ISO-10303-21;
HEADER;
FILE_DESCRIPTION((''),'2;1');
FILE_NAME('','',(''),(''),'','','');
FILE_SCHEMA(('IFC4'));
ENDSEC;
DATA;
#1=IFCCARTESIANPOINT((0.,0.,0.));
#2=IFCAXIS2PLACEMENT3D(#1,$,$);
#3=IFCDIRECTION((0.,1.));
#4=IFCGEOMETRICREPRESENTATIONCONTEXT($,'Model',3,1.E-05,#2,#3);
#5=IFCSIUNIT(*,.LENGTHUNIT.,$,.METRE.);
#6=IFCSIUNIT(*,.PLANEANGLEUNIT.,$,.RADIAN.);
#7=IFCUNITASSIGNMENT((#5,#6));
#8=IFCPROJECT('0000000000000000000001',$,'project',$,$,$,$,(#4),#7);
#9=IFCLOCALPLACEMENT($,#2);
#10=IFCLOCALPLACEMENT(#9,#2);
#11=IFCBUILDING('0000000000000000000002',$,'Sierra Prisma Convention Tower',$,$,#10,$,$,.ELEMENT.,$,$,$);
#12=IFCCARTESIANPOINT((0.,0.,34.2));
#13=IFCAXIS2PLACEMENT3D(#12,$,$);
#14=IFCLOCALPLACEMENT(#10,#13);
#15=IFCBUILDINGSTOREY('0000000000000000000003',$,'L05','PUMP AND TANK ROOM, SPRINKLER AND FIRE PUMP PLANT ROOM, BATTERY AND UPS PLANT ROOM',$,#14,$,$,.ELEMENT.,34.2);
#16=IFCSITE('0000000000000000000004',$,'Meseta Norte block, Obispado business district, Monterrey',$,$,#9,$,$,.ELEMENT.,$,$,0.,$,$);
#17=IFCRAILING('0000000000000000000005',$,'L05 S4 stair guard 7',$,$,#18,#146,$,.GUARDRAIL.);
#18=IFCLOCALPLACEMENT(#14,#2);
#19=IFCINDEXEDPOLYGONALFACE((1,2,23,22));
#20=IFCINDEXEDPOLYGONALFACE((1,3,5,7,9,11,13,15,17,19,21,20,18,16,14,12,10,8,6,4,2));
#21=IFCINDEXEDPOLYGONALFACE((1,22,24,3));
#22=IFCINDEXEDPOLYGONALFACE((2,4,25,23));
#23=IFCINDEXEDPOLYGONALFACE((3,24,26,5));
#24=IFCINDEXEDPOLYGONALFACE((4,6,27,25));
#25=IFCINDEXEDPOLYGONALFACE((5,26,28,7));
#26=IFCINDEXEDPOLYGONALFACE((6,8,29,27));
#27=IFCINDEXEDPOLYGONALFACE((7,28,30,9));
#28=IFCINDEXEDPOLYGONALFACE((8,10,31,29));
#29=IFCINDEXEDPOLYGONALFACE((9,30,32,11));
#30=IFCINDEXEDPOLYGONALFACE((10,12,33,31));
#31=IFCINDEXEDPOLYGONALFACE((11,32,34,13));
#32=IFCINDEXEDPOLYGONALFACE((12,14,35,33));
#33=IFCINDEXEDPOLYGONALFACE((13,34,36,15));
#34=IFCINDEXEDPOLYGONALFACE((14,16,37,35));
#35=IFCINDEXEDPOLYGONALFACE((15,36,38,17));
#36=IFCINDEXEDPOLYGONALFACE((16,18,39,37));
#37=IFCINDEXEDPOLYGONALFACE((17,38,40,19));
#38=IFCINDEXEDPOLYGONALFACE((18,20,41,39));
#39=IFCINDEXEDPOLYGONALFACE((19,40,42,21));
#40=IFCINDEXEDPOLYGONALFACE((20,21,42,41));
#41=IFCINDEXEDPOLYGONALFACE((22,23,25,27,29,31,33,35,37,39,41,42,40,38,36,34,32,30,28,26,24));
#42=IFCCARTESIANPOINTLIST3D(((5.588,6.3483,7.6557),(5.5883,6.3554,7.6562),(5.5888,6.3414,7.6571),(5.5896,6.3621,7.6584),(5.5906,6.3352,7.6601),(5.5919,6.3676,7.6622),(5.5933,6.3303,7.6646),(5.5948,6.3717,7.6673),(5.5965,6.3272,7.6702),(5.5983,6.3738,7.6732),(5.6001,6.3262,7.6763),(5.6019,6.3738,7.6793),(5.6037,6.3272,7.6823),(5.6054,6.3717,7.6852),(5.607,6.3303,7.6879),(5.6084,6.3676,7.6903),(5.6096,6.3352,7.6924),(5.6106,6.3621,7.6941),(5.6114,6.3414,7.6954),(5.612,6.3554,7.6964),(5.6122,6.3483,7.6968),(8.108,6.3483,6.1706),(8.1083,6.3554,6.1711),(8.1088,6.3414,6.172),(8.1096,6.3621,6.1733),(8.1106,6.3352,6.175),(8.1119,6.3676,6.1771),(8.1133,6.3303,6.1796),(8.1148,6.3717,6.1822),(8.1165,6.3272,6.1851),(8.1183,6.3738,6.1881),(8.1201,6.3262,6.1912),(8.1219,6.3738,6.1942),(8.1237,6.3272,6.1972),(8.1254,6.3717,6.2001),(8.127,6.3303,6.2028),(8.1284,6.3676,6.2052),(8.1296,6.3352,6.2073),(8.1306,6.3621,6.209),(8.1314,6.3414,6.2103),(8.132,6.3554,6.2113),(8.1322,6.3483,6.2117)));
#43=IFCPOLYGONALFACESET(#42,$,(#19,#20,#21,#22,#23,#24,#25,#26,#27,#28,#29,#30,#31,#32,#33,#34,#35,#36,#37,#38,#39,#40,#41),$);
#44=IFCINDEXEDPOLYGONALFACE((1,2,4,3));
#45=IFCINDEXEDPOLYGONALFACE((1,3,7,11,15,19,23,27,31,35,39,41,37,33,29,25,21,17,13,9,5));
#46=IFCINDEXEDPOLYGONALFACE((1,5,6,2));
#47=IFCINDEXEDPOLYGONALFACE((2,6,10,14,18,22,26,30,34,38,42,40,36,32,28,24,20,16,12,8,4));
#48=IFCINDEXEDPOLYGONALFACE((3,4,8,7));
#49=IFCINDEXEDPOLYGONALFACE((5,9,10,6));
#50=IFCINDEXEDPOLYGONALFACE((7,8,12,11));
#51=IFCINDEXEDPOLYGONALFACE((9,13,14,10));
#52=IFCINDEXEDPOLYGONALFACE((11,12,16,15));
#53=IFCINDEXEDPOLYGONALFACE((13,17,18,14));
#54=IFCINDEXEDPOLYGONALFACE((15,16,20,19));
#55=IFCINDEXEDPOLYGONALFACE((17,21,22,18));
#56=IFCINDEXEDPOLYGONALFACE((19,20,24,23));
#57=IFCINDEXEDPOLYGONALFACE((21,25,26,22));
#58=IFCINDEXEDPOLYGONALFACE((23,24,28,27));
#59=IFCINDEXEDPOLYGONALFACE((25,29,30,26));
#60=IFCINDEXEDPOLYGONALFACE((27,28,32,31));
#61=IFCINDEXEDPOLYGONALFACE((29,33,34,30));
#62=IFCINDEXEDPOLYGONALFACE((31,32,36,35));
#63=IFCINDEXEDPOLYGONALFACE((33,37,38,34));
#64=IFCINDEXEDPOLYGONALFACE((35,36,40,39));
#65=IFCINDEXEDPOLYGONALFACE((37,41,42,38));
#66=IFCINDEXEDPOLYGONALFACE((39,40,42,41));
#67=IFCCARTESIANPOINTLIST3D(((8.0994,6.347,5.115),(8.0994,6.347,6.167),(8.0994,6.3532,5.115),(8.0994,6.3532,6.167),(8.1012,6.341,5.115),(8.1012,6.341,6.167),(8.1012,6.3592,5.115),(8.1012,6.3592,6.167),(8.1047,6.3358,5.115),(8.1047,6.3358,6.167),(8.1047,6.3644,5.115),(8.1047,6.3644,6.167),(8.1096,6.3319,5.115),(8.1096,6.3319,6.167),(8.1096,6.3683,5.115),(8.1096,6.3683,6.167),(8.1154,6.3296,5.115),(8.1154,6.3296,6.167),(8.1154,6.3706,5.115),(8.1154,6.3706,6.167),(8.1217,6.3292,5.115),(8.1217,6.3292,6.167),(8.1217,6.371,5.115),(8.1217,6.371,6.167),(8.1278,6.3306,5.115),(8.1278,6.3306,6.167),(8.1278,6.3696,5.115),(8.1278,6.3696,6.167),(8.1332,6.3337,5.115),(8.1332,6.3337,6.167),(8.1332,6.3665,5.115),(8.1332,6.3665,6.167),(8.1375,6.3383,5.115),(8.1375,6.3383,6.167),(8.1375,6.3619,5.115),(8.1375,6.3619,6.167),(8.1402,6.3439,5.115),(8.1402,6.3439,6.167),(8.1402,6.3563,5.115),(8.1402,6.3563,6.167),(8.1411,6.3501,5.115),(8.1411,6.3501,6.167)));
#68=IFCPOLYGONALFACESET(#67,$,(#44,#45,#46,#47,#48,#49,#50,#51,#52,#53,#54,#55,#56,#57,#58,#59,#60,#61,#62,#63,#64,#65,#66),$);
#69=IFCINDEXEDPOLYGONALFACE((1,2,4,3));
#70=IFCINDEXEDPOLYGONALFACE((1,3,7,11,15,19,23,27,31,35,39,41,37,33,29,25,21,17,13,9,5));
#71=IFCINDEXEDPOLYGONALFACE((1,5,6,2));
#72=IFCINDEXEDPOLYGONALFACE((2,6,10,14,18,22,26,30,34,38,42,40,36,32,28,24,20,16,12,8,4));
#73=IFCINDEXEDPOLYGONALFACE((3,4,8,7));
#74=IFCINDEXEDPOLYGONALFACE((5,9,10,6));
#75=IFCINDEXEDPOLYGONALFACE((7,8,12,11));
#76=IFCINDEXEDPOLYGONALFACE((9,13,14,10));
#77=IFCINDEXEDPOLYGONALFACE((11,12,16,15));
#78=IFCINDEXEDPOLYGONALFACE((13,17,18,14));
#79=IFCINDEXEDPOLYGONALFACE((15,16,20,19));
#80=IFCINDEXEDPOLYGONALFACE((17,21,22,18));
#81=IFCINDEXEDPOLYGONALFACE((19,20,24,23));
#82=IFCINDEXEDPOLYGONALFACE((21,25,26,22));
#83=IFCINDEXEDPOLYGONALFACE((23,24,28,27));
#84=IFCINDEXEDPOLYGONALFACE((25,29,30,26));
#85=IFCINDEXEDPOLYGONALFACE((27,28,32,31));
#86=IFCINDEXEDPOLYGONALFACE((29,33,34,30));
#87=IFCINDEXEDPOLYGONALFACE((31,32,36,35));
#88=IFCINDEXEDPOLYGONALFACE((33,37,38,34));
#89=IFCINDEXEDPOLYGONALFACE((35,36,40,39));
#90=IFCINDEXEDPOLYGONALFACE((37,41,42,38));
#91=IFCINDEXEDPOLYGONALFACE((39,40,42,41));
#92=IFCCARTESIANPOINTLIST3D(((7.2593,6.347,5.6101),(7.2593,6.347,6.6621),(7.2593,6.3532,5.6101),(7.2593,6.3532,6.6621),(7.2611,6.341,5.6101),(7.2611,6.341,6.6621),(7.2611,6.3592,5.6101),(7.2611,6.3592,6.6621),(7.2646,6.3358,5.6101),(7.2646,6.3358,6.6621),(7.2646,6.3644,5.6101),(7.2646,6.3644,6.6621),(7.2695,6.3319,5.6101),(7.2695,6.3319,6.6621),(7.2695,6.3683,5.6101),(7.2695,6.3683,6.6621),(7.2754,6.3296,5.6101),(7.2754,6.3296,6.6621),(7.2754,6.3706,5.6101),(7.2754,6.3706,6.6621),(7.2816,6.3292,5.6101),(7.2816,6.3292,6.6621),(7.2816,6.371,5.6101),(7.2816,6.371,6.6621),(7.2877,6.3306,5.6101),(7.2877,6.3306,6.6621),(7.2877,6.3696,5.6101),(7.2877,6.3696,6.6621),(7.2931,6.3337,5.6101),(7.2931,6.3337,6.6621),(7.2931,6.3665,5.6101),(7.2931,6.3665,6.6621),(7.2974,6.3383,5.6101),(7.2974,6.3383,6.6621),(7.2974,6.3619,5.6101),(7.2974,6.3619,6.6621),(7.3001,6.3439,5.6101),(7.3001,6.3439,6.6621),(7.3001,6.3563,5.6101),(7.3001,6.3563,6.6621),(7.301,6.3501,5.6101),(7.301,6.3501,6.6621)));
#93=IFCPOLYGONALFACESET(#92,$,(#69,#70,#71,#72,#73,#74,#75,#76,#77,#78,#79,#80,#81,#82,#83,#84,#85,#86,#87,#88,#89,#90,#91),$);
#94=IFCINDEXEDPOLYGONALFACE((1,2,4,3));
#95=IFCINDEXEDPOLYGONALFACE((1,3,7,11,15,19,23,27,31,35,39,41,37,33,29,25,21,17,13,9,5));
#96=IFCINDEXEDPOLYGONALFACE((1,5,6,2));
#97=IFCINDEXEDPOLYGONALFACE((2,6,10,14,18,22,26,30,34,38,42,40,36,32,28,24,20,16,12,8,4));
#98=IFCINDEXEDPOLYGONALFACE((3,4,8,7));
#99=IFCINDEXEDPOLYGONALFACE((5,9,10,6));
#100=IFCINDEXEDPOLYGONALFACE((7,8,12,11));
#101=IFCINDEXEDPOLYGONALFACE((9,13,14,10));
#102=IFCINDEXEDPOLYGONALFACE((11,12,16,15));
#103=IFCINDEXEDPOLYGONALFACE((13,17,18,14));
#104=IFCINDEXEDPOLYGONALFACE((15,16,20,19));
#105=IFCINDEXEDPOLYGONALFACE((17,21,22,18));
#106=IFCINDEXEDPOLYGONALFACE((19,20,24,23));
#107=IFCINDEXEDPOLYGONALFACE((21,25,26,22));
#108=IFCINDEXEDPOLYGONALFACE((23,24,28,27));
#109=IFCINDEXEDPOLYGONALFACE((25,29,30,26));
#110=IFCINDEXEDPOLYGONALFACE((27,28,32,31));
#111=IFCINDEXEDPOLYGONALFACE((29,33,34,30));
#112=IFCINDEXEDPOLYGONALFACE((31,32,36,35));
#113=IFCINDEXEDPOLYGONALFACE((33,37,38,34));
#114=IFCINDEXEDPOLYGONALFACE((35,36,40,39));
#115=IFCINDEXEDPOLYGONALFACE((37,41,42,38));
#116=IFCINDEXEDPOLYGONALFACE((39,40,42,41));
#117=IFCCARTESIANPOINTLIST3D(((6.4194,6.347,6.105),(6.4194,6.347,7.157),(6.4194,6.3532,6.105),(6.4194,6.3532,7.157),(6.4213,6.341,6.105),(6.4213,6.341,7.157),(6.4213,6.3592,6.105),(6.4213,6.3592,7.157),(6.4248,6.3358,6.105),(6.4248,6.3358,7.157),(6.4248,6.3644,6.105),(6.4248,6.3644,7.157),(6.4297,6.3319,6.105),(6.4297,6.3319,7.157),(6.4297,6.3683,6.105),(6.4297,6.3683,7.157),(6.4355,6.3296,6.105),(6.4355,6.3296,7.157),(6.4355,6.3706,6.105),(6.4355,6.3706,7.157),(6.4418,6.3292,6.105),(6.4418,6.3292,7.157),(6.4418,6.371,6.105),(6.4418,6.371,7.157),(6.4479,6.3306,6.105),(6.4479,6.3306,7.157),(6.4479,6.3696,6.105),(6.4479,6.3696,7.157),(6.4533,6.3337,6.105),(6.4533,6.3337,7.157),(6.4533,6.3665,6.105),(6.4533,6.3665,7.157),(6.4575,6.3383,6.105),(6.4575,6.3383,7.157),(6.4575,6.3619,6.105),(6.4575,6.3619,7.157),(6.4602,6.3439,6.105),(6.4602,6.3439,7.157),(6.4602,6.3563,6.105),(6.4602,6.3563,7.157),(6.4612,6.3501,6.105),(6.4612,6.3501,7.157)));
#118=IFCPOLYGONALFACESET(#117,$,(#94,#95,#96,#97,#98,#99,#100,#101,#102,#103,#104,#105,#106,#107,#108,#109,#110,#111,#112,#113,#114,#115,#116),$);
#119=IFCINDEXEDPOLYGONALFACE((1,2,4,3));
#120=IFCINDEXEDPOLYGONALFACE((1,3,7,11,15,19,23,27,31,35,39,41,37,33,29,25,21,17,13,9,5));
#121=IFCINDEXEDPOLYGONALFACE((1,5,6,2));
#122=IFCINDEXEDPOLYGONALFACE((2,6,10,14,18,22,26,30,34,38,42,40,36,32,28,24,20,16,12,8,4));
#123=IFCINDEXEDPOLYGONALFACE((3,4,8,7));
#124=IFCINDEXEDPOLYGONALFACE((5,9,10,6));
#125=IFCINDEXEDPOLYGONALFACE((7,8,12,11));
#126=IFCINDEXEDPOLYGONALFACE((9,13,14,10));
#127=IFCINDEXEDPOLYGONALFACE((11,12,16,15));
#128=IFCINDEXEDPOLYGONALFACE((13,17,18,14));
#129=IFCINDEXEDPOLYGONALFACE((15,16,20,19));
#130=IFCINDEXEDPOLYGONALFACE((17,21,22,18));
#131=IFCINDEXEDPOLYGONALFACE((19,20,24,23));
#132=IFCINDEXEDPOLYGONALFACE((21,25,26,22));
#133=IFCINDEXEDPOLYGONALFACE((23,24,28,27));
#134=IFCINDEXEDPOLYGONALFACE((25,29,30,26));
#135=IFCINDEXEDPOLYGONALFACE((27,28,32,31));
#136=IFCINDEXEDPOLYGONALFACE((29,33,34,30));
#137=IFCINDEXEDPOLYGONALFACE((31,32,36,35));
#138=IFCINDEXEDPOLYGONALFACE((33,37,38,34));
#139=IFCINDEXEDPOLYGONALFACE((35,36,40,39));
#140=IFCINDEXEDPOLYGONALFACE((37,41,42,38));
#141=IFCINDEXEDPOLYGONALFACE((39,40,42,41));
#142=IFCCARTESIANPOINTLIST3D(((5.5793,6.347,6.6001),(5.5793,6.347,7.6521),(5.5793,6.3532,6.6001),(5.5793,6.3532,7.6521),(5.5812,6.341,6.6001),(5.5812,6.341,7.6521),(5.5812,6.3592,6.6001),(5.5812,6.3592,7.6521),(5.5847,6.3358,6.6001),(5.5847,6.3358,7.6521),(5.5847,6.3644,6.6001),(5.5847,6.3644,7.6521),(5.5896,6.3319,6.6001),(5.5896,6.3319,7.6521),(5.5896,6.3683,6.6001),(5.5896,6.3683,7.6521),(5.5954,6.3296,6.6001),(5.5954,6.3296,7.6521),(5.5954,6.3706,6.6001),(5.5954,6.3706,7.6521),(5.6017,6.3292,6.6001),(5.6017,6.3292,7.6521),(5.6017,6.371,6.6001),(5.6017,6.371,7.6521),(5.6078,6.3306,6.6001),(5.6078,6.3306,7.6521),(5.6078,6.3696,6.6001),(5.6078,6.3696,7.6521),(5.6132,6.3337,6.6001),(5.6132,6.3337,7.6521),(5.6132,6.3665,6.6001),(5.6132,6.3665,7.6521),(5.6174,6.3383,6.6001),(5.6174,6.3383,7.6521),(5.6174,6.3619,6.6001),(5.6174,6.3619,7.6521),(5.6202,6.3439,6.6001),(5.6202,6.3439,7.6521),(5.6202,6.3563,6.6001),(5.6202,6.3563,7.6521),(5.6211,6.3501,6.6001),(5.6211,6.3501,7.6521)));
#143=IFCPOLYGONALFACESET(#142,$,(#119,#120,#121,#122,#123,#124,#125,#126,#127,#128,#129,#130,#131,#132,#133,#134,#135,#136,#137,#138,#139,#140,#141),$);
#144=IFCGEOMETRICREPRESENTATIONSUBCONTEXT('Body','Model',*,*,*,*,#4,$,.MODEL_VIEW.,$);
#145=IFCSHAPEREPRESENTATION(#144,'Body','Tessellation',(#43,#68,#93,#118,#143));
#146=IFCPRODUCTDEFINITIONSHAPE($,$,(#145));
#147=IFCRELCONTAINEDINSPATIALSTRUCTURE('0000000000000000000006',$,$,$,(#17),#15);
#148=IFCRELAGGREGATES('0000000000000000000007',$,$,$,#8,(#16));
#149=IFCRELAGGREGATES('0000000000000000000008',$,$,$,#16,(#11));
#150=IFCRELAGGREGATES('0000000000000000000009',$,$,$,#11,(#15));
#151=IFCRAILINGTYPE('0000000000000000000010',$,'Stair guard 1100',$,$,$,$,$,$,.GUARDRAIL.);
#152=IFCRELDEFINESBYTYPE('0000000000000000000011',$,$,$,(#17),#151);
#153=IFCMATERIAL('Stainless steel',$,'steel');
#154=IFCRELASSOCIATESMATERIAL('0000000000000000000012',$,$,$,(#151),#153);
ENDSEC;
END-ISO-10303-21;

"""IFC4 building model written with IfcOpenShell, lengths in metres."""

from ifc_helpers import new_model, si_unit, direction, frame, origin, origin_2d, place, context, subcontext, project, spatial, circle, extrude, material, type_object, element, save


model = new_model("IFC4")

# Units and contexts
model_context = context("Model", 3, precision=1e-05, world=origin(), true_north=direction((0.0, 1.0)))
body_context = subcontext(model_context, "Body", "Model", "MODEL_VIEW")
ifc_project = project(units=[si_unit("LENGTHUNIT", "METRE"), si_unit("PLANEANGLEUNIT", "RADIAN")], contexts=[model_context])

# Site, building, storey
site_placement = place(None, origin())
site = spatial("IfcSite", under=ifc_project, at=site_placement, Name="Meseta Norte block, Obispado business district, Monterrey", CompositionType="ELEMENT", RefElevation=0.0)
building_placement = place(site_placement, origin())
building = spatial("IfcBuilding", under=site, at=building_placement, Name="Sierra Prisma Convention Tower", CompositionType="ELEMENT")
storey_placement = place(building_placement, frame((0.0, 0.0, 34.2)))
storey = spatial("IfcBuildingStorey", under=building, at=storey_placement, Name="L05", Description="PUMP AND TANK ROOM, SPRINKLER AND FIRE PUMP PLANT ROOM, BATTERY AND UPS PLANT ROOM", CompositionType="ELEMENT", Elevation=34.2)

# Railing
ifc_material_1 = material(Name="Stainless steel", Category="steel")
railing_type_1 = type_object("IfcRailingType", Name="Stair guard 1100", PredefinedType="GUARDRAIL", material=ifc_material_1)
railing_1_placement = place(storey_placement, frame((8.1201, 6.3501, 5.115)))
element("IfcRailing", 1, at=railing_1_placement, inside=storey, type_object=railing_type_1, Name="L05 S4 stair guard 7", PredefinedType="GUARDRAIL", context=body_context, shape_type="SweptSolid", body=[
    extrude(circle(Radius=0.0239, at=origin_2d()), frame((0.0, 0.0, 1.0762), z_axis=(-0.861524, 0.0, 0.507717), x_axis=(0.0, -1.0, 0.0)), (0.0, 0.0, 1.0), 2.925),
    extrude(circle(Radius=0.021, at=origin_2d()), origin(), (0.0, 0.0, 1.0), 1.052),
    extrude(circle(Radius=0.021, at=origin_2d()), frame((-0.8401, 0.0, 0.4951)), (0.0, 0.0, 1.0), 1.052),
    extrude(circle(Radius=0.021, at=origin_2d()), frame((-1.6799, 0.0, 0.99)), (0.0, 0.0, 1.0), 1.052),
    extrude(circle(Radius=0.021, at=origin_2d()), frame((-2.52, 0.0, 1.4851)), (0.0, 0.0, 1.0), 1.052),
])

save(model, "model.ifc")
